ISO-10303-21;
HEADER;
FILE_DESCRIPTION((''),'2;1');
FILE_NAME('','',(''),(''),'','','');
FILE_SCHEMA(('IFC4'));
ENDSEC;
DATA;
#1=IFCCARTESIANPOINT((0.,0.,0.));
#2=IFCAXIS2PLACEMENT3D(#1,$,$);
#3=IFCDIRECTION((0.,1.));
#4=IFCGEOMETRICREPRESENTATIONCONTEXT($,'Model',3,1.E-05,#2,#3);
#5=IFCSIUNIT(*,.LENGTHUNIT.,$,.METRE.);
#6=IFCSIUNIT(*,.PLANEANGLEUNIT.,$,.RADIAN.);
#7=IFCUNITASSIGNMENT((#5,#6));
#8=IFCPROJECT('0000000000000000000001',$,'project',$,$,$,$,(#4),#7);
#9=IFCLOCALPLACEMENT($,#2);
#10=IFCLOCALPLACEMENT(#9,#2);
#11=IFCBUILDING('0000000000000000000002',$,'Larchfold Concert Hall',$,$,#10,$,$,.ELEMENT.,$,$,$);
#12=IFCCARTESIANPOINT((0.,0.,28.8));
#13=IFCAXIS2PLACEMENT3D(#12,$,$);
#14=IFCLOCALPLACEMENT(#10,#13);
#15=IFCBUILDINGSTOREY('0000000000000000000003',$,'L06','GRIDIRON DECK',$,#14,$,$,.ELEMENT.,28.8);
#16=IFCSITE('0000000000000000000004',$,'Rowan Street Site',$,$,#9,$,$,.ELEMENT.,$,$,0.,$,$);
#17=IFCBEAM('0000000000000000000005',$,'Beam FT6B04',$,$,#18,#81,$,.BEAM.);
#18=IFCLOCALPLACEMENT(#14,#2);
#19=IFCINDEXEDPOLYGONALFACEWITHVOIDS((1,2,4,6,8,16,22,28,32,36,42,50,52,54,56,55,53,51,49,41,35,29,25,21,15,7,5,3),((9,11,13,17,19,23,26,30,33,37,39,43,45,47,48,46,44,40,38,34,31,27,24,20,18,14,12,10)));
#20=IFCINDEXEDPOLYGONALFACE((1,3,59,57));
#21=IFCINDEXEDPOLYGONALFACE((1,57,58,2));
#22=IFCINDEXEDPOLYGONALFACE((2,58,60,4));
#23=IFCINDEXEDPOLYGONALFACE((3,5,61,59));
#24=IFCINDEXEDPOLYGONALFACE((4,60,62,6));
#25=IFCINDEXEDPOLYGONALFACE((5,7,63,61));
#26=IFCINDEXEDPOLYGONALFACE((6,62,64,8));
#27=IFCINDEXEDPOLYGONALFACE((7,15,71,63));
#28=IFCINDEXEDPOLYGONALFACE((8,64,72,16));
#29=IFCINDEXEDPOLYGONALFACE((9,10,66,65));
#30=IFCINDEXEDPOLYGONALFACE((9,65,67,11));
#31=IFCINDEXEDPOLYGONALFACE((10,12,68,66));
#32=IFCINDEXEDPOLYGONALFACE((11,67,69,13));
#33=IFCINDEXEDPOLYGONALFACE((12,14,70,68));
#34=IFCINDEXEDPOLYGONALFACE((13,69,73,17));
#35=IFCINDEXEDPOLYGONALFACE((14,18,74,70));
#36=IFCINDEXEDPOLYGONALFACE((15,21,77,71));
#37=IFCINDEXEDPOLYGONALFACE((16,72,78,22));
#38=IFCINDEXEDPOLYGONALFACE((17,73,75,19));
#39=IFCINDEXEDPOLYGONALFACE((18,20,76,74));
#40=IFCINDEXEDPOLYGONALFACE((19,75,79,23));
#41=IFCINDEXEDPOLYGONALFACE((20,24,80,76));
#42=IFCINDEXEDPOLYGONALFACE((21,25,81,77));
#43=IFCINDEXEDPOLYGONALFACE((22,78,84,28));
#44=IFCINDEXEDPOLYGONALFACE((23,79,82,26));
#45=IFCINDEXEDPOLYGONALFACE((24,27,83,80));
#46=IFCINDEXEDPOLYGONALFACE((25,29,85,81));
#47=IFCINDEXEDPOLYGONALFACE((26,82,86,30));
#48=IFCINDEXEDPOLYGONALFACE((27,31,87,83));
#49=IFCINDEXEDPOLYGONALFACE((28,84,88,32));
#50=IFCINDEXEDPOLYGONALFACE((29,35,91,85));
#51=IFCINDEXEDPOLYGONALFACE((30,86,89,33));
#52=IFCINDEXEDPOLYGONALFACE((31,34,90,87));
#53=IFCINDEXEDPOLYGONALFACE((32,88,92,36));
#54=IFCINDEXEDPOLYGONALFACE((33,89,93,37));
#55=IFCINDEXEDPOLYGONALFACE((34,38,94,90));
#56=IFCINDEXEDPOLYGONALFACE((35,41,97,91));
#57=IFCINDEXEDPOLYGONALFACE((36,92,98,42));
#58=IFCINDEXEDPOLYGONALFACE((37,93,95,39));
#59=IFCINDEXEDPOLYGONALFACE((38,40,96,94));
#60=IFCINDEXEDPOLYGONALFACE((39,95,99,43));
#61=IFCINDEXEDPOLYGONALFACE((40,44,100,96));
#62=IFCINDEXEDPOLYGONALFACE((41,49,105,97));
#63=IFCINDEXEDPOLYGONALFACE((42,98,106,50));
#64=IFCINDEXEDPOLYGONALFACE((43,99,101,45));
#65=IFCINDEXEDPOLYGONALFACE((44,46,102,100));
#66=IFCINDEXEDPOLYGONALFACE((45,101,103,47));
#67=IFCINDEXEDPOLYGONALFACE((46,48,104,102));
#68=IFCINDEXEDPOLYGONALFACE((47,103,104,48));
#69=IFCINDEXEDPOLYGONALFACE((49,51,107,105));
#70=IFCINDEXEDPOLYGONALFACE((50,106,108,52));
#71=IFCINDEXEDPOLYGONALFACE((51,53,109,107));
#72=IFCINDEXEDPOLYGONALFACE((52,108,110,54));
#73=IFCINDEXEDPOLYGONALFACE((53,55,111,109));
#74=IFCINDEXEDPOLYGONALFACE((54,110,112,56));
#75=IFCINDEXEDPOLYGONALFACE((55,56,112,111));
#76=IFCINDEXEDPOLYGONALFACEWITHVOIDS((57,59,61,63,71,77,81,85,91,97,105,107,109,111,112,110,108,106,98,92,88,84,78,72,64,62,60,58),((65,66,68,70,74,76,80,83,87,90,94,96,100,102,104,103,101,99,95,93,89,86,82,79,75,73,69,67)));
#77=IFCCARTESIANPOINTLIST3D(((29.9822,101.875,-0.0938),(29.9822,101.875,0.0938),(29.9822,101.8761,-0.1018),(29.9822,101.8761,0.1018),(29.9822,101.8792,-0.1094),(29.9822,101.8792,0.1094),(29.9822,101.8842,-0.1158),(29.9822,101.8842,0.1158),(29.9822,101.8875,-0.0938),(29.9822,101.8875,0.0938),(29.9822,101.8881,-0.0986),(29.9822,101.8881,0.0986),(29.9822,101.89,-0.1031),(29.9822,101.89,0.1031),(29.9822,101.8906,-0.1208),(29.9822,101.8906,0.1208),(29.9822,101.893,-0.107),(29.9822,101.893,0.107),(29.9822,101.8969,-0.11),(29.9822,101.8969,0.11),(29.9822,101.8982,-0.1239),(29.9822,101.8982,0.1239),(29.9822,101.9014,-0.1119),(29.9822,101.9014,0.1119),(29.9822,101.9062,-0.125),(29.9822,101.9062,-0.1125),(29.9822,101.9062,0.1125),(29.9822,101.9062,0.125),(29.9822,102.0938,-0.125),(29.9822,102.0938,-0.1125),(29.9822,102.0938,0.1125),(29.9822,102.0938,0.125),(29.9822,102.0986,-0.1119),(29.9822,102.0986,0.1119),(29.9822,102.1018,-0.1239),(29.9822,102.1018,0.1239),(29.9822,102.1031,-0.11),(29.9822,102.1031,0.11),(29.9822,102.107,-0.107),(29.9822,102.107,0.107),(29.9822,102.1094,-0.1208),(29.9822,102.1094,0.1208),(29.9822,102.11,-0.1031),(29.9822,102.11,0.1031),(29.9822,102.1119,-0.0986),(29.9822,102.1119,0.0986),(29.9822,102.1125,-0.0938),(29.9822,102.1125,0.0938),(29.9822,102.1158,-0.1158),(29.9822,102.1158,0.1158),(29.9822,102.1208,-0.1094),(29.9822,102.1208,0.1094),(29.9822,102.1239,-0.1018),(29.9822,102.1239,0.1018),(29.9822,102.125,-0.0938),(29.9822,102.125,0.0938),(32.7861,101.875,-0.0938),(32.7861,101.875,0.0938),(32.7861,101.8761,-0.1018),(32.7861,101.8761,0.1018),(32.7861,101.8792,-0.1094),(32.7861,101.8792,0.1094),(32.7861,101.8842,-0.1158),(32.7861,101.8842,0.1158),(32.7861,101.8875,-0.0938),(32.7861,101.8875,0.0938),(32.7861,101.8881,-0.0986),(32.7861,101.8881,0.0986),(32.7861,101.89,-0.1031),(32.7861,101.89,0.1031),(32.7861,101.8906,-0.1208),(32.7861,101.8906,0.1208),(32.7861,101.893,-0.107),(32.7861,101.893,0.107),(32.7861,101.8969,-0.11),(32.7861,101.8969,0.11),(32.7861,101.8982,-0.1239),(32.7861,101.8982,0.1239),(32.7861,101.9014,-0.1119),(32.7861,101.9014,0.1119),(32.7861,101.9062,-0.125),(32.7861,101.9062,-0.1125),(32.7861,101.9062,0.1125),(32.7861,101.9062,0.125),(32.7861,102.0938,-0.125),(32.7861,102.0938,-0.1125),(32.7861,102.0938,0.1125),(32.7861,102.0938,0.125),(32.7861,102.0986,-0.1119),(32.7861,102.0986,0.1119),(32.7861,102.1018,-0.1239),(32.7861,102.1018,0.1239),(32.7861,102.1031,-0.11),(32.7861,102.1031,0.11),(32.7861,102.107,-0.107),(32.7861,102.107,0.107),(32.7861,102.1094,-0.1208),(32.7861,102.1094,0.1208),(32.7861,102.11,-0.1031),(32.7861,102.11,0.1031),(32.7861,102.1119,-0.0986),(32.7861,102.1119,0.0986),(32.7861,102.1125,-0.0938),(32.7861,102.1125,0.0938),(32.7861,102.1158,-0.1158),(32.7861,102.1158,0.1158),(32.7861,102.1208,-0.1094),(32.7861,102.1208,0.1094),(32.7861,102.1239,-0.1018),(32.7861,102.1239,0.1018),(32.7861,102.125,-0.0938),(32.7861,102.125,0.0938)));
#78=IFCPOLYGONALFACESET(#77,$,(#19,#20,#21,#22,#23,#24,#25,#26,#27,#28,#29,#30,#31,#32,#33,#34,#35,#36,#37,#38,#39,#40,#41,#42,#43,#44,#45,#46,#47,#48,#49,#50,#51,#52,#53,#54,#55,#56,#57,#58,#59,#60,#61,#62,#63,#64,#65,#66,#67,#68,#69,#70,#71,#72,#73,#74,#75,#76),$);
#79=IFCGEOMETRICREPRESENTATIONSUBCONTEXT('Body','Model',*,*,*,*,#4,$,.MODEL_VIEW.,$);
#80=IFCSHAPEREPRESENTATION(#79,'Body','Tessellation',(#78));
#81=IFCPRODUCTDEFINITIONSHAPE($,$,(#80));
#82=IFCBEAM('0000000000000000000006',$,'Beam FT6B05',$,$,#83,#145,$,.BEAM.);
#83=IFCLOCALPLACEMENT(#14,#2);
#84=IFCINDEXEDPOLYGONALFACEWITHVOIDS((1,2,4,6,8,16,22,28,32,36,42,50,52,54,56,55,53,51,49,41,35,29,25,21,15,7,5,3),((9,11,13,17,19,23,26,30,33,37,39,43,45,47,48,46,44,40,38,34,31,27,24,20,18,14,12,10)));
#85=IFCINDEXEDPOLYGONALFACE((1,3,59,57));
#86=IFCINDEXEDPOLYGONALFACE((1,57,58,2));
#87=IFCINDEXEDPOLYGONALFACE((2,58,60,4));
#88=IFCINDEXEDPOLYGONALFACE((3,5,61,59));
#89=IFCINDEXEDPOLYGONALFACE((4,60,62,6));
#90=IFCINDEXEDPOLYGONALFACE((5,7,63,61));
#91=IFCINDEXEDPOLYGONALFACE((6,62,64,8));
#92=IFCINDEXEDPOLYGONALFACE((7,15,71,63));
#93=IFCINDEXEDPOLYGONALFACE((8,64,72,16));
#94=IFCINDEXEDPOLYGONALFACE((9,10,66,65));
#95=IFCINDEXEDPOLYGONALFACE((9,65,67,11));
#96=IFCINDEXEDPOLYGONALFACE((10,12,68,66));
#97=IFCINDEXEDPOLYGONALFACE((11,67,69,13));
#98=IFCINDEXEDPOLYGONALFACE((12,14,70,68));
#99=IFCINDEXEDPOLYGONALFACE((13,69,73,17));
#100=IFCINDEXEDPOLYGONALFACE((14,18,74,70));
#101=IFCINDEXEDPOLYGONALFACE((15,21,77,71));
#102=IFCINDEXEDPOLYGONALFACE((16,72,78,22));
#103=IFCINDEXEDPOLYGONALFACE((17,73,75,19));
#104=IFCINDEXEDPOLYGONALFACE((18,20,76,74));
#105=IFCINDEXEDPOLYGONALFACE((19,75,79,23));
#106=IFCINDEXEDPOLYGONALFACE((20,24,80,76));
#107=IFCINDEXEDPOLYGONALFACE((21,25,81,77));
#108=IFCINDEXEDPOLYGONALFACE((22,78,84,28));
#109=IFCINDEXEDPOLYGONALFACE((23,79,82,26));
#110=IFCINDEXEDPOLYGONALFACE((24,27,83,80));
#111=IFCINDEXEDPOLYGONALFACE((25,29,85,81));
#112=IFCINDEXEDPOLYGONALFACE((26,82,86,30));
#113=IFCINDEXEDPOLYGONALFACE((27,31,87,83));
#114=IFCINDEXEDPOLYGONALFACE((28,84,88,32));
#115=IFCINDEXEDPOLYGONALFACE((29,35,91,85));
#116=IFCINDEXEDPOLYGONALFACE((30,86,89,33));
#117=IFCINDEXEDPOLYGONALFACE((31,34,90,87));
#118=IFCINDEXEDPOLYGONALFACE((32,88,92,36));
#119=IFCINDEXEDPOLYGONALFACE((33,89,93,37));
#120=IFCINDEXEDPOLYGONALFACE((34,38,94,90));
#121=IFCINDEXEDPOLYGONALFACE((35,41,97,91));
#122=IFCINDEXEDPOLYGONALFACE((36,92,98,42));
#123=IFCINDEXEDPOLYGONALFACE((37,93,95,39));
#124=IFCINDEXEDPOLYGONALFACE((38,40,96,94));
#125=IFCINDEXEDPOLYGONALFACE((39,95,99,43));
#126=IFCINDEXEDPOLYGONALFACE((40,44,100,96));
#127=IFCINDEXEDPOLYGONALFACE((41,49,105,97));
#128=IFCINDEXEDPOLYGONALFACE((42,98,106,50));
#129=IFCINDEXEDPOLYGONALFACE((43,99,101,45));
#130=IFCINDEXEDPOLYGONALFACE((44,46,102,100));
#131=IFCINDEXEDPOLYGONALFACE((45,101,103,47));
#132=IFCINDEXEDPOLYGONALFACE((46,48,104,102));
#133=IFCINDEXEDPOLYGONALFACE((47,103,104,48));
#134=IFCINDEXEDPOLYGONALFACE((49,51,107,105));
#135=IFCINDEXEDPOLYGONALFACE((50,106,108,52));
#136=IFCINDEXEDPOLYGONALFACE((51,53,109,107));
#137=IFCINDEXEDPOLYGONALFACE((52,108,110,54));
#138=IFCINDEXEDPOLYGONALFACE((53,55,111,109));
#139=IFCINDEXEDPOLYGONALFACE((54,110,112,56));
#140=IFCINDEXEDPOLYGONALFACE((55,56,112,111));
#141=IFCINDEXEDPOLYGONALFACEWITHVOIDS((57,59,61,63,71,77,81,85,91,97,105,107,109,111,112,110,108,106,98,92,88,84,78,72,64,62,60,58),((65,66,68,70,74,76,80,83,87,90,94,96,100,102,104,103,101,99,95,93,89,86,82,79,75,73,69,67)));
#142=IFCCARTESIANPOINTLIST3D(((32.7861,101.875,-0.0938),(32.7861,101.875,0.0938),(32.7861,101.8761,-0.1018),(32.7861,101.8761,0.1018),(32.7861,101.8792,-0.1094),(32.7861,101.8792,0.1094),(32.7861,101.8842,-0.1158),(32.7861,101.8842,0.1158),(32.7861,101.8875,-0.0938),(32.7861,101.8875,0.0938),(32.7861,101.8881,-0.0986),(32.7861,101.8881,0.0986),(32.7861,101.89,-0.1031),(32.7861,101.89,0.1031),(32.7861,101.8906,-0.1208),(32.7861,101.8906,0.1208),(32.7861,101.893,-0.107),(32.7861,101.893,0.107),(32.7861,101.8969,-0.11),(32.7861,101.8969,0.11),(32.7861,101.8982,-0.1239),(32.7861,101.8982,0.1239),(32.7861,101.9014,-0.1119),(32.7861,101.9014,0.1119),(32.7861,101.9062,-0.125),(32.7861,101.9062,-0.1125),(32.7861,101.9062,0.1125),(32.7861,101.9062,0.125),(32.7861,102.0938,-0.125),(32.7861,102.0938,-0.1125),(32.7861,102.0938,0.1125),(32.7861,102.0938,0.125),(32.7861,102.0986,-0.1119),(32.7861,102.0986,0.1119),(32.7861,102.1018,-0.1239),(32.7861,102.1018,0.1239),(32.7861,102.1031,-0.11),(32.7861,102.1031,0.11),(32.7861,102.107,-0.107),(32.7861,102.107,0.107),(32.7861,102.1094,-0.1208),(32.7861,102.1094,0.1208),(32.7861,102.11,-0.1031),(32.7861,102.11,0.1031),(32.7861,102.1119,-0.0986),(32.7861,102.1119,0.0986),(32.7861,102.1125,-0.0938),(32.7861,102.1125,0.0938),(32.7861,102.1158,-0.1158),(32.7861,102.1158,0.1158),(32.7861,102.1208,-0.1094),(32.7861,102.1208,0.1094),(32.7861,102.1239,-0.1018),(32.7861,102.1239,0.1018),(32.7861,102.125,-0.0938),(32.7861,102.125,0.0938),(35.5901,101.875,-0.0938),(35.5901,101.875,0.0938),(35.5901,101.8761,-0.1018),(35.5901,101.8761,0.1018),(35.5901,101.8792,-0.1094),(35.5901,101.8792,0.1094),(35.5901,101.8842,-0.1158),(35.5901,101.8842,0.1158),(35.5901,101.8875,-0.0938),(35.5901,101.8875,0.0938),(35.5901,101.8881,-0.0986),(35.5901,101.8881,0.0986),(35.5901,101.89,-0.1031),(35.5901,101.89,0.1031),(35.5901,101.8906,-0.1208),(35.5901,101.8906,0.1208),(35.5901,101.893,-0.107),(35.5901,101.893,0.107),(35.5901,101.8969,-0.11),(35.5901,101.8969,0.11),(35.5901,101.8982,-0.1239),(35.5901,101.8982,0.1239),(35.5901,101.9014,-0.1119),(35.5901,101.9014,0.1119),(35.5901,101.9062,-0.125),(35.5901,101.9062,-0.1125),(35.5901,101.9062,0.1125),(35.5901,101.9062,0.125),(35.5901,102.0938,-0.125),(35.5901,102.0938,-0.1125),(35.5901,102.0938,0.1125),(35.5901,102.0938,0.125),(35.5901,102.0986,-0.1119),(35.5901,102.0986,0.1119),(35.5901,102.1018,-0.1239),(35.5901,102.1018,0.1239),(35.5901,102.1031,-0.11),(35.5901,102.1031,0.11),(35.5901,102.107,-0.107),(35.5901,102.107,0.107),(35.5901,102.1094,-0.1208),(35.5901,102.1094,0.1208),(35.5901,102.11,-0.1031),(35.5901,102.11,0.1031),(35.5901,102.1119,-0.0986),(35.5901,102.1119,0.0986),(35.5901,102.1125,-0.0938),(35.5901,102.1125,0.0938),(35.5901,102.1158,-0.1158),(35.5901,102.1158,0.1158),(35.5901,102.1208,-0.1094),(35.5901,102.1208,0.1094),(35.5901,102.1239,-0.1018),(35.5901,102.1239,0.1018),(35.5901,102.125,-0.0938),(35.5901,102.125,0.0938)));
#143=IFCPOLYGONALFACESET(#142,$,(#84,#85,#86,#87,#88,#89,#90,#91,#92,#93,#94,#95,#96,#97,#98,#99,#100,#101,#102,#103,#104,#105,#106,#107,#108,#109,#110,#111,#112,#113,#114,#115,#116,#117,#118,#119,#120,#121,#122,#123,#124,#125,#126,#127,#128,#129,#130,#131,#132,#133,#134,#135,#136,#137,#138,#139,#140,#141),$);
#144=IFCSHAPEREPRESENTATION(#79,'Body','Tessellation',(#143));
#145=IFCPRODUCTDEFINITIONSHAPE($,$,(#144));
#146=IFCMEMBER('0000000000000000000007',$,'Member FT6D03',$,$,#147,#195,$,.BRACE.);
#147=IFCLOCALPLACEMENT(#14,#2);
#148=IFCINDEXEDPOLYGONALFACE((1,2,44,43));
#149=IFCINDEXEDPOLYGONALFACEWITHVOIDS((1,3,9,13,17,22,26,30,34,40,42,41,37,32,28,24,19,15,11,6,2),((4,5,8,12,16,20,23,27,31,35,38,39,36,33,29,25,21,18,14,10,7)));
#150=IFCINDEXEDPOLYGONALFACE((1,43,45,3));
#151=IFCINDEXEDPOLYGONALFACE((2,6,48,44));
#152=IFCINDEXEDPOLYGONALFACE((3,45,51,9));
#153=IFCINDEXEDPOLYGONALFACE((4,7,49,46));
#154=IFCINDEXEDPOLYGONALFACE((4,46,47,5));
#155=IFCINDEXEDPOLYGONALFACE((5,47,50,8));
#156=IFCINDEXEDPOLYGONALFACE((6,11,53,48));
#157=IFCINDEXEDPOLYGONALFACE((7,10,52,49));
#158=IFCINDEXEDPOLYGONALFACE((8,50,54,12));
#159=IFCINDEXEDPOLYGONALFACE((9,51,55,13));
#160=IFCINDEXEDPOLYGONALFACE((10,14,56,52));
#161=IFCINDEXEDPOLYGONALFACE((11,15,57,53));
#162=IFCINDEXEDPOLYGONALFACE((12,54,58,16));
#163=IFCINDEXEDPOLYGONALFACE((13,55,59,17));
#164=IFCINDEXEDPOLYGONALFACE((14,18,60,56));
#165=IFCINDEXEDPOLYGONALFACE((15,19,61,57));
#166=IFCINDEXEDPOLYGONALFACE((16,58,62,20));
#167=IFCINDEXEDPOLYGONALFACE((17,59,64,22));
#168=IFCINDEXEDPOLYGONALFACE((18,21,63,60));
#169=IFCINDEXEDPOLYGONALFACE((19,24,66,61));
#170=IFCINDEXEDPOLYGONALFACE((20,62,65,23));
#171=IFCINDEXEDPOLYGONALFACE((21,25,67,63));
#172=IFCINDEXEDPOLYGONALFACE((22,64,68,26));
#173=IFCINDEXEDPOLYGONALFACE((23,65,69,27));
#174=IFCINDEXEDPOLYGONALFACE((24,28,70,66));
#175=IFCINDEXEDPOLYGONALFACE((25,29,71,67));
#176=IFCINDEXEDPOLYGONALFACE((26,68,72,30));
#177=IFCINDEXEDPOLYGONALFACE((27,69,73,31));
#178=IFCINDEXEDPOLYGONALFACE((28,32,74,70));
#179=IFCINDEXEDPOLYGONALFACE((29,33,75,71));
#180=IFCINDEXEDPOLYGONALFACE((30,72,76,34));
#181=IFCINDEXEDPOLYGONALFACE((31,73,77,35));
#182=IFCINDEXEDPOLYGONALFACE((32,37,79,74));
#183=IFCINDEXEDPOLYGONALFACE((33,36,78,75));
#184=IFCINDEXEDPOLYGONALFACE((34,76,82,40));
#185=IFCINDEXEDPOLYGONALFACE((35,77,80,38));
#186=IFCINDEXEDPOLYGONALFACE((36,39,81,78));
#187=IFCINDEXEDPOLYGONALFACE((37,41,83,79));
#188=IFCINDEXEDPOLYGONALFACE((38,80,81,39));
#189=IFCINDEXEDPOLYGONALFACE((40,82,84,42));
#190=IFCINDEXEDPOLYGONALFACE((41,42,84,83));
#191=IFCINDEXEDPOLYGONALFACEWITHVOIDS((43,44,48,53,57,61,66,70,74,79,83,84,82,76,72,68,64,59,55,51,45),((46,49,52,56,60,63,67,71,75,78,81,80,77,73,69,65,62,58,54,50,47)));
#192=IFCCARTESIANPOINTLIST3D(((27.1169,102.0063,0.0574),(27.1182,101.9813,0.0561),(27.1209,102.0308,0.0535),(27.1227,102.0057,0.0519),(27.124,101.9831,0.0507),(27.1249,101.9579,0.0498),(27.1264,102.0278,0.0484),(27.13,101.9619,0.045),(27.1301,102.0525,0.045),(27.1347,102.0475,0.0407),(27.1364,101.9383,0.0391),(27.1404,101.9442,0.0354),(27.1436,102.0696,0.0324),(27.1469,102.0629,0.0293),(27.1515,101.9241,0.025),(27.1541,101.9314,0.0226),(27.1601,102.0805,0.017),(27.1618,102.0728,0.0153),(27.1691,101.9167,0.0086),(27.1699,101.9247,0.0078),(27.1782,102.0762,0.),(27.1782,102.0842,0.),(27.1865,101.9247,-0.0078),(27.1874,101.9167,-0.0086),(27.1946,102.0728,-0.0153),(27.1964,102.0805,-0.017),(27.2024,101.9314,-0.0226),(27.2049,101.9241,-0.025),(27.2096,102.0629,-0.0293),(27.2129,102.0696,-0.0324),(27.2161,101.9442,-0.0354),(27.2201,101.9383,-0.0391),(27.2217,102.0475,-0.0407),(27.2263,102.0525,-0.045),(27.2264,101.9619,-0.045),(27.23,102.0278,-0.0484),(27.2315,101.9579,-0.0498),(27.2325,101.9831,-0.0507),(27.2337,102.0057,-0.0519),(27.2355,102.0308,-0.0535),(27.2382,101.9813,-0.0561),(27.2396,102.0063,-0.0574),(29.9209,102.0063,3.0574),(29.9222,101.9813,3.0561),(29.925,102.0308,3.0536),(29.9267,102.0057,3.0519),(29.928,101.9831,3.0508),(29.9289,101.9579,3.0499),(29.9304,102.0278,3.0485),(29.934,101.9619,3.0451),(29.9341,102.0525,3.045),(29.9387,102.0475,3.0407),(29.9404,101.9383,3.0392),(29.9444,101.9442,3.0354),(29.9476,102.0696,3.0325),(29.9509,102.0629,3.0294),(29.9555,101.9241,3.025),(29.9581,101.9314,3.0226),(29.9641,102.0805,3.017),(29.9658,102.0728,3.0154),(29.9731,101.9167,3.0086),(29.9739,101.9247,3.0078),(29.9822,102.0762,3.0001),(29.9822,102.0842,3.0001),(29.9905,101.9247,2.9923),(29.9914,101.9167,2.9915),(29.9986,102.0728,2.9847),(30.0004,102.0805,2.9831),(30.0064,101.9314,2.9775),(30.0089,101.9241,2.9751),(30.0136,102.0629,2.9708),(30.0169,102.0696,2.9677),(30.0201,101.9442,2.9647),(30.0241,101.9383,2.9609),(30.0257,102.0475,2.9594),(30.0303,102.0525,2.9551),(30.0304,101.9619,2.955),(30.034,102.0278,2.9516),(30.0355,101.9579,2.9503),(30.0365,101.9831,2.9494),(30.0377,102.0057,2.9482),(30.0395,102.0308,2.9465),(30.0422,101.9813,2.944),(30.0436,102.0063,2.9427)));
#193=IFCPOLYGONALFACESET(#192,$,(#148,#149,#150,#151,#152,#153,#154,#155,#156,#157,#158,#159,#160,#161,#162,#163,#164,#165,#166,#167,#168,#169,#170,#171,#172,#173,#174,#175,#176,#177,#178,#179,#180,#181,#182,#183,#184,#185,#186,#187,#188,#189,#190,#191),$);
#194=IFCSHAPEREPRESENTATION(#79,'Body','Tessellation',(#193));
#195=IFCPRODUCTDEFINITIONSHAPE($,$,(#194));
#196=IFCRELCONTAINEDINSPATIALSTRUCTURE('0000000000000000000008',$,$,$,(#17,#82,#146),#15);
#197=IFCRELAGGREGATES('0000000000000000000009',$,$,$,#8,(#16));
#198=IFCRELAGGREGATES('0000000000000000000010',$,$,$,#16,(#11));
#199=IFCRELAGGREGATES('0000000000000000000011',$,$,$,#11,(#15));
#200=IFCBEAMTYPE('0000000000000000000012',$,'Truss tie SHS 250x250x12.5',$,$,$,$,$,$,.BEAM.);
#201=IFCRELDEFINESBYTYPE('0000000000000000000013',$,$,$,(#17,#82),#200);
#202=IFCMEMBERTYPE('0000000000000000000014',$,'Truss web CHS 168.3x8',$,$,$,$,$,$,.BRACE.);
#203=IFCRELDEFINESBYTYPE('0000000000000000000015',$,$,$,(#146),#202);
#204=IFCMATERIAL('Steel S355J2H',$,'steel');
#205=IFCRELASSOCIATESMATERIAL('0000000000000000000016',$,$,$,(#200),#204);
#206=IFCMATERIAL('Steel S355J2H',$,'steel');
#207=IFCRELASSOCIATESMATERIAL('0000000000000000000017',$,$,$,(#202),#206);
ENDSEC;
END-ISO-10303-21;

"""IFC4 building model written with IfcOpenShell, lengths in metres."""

from ifc_helpers import new_model, si_unit, direction, frame, origin, origin_2d, place, context, subcontext, project, spatial, hollow_rectangle, hollow_circle, extrude, material, material_profile, profile_set, type_object, element, save


model = new_model("IFC4")

# Units and contexts
model_context = context("Model", 3, precision=1e-05, world=origin(), true_north=direction((0.0, 1.0)))
body_context = subcontext(model_context, "Body", "Model", "MODEL_VIEW")
ifc_project = project(units=[si_unit("LENGTHUNIT", "METRE"), si_unit("PLANEANGLEUNIT", "RADIAN")], contexts=[model_context])

# Site, building, storey
site_placement = place(None, origin())
site = spatial("IfcSite", under=ifc_project, at=site_placement, Name="Rowan Street Site", CompositionType="ELEMENT", RefElevation=0.0)
building_placement = place(site_placement, origin())
building = spatial("IfcBuilding", under=site, at=building_placement, Name="Larchfold Concert Hall", CompositionType="ELEMENT")
storey_placement = place(building_placement, frame((0.0, 0.0, 28.8)))
storey = spatial("IfcBuildingStorey", under=building, at=storey_placement, Name="L06", Description="GRIDIRON DECK", CompositionType="ELEMENT", Elevation=28.8)

# Beams
ifc_material_1 = material(Name="Steel S355J2H", Category="steel")
ifc_material_profile_1 = material_profile(ifc_material_1, hollow_rectangle(XDim=0.25, YDim=0.25, WallThickness=0.0125, InnerFilletRadius=0.0188, OuterFilletRadius=0.0312, at=origin_2d()))
ifc_profile_set_1 = profile_set([ifc_material_profile_1], Name="Steel S355J2H")
beam_type_1 = type_object("IfcBeamType", Name="Truss tie SHS 250x250x12.5", PredefinedType="BEAM", material=ifc_profile_set_1)
for number, where, z_axis, x_axis, name in (
    (1, (29.9822, 102.0, 0.0), (1.0, 0.0, 0.0), (0.0, 1.0, 0.0), "Beam FT6B04"),
    (2, (32.7861, 102.0, 0.0), (1.0, 0.0, 0.0), (0.0, 1.0, 0.0), "Beam FT6B05"),
):
    element("IfcBeam", number, at=place(storey_placement, frame(where, z_axis=z_axis, x_axis=x_axis)), inside=storey, type_object=beam_type_1, Name=name, PredefinedType="BEAM", context=body_context, shape_type="SweptSolid", body=[
        extrude(hollow_rectangle(XDim=0.25, YDim=0.25, WallThickness=0.0125, InnerFilletRadius=0.0188, OuterFilletRadius=0.0312, at=origin_2d()), origin(), (0.0, 0.0, 1.0), 2.804),
    ])

# Member
ifc_material_2 = material(Name="Steel S355J2H", Category="steel")
ifc_material_profile_2 = material_profile(ifc_material_2, hollow_circle(Radius=0.0842, WallThickness=0.0081, at=origin_2d()))
ifc_profile_set_2 = profile_set([ifc_material_profile_2], Name="Steel S355J2H")
member_type_1 = type_object("IfcMemberType", Name="Truss web CHS 168.3x8", PredefinedType="BRACE", material=ifc_profile_set_2)
for number, where, z_axis, x_axis, name in (
    (3, (27.1782, 102.0, 0.0), (0.682833, 0.0, 0.730575), (0.0, 1.0, 0.0), "Member FT6D03"),
):
    element("IfcMember", number, at=place(storey_placement, frame(where, z_axis=z_axis, x_axis=x_axis)), inside=storey, type_object=member_type_1, Name=name, PredefinedType="BRACE", context=body_context, shape_type="SweptSolid", body=[
        extrude(hollow_circle(Radius=0.0842, WallThickness=0.0081, at=origin_2d()), origin(), (0.0, 0.0, 1.0), 4.1064),
    ])

save(model, "model.ifc")
